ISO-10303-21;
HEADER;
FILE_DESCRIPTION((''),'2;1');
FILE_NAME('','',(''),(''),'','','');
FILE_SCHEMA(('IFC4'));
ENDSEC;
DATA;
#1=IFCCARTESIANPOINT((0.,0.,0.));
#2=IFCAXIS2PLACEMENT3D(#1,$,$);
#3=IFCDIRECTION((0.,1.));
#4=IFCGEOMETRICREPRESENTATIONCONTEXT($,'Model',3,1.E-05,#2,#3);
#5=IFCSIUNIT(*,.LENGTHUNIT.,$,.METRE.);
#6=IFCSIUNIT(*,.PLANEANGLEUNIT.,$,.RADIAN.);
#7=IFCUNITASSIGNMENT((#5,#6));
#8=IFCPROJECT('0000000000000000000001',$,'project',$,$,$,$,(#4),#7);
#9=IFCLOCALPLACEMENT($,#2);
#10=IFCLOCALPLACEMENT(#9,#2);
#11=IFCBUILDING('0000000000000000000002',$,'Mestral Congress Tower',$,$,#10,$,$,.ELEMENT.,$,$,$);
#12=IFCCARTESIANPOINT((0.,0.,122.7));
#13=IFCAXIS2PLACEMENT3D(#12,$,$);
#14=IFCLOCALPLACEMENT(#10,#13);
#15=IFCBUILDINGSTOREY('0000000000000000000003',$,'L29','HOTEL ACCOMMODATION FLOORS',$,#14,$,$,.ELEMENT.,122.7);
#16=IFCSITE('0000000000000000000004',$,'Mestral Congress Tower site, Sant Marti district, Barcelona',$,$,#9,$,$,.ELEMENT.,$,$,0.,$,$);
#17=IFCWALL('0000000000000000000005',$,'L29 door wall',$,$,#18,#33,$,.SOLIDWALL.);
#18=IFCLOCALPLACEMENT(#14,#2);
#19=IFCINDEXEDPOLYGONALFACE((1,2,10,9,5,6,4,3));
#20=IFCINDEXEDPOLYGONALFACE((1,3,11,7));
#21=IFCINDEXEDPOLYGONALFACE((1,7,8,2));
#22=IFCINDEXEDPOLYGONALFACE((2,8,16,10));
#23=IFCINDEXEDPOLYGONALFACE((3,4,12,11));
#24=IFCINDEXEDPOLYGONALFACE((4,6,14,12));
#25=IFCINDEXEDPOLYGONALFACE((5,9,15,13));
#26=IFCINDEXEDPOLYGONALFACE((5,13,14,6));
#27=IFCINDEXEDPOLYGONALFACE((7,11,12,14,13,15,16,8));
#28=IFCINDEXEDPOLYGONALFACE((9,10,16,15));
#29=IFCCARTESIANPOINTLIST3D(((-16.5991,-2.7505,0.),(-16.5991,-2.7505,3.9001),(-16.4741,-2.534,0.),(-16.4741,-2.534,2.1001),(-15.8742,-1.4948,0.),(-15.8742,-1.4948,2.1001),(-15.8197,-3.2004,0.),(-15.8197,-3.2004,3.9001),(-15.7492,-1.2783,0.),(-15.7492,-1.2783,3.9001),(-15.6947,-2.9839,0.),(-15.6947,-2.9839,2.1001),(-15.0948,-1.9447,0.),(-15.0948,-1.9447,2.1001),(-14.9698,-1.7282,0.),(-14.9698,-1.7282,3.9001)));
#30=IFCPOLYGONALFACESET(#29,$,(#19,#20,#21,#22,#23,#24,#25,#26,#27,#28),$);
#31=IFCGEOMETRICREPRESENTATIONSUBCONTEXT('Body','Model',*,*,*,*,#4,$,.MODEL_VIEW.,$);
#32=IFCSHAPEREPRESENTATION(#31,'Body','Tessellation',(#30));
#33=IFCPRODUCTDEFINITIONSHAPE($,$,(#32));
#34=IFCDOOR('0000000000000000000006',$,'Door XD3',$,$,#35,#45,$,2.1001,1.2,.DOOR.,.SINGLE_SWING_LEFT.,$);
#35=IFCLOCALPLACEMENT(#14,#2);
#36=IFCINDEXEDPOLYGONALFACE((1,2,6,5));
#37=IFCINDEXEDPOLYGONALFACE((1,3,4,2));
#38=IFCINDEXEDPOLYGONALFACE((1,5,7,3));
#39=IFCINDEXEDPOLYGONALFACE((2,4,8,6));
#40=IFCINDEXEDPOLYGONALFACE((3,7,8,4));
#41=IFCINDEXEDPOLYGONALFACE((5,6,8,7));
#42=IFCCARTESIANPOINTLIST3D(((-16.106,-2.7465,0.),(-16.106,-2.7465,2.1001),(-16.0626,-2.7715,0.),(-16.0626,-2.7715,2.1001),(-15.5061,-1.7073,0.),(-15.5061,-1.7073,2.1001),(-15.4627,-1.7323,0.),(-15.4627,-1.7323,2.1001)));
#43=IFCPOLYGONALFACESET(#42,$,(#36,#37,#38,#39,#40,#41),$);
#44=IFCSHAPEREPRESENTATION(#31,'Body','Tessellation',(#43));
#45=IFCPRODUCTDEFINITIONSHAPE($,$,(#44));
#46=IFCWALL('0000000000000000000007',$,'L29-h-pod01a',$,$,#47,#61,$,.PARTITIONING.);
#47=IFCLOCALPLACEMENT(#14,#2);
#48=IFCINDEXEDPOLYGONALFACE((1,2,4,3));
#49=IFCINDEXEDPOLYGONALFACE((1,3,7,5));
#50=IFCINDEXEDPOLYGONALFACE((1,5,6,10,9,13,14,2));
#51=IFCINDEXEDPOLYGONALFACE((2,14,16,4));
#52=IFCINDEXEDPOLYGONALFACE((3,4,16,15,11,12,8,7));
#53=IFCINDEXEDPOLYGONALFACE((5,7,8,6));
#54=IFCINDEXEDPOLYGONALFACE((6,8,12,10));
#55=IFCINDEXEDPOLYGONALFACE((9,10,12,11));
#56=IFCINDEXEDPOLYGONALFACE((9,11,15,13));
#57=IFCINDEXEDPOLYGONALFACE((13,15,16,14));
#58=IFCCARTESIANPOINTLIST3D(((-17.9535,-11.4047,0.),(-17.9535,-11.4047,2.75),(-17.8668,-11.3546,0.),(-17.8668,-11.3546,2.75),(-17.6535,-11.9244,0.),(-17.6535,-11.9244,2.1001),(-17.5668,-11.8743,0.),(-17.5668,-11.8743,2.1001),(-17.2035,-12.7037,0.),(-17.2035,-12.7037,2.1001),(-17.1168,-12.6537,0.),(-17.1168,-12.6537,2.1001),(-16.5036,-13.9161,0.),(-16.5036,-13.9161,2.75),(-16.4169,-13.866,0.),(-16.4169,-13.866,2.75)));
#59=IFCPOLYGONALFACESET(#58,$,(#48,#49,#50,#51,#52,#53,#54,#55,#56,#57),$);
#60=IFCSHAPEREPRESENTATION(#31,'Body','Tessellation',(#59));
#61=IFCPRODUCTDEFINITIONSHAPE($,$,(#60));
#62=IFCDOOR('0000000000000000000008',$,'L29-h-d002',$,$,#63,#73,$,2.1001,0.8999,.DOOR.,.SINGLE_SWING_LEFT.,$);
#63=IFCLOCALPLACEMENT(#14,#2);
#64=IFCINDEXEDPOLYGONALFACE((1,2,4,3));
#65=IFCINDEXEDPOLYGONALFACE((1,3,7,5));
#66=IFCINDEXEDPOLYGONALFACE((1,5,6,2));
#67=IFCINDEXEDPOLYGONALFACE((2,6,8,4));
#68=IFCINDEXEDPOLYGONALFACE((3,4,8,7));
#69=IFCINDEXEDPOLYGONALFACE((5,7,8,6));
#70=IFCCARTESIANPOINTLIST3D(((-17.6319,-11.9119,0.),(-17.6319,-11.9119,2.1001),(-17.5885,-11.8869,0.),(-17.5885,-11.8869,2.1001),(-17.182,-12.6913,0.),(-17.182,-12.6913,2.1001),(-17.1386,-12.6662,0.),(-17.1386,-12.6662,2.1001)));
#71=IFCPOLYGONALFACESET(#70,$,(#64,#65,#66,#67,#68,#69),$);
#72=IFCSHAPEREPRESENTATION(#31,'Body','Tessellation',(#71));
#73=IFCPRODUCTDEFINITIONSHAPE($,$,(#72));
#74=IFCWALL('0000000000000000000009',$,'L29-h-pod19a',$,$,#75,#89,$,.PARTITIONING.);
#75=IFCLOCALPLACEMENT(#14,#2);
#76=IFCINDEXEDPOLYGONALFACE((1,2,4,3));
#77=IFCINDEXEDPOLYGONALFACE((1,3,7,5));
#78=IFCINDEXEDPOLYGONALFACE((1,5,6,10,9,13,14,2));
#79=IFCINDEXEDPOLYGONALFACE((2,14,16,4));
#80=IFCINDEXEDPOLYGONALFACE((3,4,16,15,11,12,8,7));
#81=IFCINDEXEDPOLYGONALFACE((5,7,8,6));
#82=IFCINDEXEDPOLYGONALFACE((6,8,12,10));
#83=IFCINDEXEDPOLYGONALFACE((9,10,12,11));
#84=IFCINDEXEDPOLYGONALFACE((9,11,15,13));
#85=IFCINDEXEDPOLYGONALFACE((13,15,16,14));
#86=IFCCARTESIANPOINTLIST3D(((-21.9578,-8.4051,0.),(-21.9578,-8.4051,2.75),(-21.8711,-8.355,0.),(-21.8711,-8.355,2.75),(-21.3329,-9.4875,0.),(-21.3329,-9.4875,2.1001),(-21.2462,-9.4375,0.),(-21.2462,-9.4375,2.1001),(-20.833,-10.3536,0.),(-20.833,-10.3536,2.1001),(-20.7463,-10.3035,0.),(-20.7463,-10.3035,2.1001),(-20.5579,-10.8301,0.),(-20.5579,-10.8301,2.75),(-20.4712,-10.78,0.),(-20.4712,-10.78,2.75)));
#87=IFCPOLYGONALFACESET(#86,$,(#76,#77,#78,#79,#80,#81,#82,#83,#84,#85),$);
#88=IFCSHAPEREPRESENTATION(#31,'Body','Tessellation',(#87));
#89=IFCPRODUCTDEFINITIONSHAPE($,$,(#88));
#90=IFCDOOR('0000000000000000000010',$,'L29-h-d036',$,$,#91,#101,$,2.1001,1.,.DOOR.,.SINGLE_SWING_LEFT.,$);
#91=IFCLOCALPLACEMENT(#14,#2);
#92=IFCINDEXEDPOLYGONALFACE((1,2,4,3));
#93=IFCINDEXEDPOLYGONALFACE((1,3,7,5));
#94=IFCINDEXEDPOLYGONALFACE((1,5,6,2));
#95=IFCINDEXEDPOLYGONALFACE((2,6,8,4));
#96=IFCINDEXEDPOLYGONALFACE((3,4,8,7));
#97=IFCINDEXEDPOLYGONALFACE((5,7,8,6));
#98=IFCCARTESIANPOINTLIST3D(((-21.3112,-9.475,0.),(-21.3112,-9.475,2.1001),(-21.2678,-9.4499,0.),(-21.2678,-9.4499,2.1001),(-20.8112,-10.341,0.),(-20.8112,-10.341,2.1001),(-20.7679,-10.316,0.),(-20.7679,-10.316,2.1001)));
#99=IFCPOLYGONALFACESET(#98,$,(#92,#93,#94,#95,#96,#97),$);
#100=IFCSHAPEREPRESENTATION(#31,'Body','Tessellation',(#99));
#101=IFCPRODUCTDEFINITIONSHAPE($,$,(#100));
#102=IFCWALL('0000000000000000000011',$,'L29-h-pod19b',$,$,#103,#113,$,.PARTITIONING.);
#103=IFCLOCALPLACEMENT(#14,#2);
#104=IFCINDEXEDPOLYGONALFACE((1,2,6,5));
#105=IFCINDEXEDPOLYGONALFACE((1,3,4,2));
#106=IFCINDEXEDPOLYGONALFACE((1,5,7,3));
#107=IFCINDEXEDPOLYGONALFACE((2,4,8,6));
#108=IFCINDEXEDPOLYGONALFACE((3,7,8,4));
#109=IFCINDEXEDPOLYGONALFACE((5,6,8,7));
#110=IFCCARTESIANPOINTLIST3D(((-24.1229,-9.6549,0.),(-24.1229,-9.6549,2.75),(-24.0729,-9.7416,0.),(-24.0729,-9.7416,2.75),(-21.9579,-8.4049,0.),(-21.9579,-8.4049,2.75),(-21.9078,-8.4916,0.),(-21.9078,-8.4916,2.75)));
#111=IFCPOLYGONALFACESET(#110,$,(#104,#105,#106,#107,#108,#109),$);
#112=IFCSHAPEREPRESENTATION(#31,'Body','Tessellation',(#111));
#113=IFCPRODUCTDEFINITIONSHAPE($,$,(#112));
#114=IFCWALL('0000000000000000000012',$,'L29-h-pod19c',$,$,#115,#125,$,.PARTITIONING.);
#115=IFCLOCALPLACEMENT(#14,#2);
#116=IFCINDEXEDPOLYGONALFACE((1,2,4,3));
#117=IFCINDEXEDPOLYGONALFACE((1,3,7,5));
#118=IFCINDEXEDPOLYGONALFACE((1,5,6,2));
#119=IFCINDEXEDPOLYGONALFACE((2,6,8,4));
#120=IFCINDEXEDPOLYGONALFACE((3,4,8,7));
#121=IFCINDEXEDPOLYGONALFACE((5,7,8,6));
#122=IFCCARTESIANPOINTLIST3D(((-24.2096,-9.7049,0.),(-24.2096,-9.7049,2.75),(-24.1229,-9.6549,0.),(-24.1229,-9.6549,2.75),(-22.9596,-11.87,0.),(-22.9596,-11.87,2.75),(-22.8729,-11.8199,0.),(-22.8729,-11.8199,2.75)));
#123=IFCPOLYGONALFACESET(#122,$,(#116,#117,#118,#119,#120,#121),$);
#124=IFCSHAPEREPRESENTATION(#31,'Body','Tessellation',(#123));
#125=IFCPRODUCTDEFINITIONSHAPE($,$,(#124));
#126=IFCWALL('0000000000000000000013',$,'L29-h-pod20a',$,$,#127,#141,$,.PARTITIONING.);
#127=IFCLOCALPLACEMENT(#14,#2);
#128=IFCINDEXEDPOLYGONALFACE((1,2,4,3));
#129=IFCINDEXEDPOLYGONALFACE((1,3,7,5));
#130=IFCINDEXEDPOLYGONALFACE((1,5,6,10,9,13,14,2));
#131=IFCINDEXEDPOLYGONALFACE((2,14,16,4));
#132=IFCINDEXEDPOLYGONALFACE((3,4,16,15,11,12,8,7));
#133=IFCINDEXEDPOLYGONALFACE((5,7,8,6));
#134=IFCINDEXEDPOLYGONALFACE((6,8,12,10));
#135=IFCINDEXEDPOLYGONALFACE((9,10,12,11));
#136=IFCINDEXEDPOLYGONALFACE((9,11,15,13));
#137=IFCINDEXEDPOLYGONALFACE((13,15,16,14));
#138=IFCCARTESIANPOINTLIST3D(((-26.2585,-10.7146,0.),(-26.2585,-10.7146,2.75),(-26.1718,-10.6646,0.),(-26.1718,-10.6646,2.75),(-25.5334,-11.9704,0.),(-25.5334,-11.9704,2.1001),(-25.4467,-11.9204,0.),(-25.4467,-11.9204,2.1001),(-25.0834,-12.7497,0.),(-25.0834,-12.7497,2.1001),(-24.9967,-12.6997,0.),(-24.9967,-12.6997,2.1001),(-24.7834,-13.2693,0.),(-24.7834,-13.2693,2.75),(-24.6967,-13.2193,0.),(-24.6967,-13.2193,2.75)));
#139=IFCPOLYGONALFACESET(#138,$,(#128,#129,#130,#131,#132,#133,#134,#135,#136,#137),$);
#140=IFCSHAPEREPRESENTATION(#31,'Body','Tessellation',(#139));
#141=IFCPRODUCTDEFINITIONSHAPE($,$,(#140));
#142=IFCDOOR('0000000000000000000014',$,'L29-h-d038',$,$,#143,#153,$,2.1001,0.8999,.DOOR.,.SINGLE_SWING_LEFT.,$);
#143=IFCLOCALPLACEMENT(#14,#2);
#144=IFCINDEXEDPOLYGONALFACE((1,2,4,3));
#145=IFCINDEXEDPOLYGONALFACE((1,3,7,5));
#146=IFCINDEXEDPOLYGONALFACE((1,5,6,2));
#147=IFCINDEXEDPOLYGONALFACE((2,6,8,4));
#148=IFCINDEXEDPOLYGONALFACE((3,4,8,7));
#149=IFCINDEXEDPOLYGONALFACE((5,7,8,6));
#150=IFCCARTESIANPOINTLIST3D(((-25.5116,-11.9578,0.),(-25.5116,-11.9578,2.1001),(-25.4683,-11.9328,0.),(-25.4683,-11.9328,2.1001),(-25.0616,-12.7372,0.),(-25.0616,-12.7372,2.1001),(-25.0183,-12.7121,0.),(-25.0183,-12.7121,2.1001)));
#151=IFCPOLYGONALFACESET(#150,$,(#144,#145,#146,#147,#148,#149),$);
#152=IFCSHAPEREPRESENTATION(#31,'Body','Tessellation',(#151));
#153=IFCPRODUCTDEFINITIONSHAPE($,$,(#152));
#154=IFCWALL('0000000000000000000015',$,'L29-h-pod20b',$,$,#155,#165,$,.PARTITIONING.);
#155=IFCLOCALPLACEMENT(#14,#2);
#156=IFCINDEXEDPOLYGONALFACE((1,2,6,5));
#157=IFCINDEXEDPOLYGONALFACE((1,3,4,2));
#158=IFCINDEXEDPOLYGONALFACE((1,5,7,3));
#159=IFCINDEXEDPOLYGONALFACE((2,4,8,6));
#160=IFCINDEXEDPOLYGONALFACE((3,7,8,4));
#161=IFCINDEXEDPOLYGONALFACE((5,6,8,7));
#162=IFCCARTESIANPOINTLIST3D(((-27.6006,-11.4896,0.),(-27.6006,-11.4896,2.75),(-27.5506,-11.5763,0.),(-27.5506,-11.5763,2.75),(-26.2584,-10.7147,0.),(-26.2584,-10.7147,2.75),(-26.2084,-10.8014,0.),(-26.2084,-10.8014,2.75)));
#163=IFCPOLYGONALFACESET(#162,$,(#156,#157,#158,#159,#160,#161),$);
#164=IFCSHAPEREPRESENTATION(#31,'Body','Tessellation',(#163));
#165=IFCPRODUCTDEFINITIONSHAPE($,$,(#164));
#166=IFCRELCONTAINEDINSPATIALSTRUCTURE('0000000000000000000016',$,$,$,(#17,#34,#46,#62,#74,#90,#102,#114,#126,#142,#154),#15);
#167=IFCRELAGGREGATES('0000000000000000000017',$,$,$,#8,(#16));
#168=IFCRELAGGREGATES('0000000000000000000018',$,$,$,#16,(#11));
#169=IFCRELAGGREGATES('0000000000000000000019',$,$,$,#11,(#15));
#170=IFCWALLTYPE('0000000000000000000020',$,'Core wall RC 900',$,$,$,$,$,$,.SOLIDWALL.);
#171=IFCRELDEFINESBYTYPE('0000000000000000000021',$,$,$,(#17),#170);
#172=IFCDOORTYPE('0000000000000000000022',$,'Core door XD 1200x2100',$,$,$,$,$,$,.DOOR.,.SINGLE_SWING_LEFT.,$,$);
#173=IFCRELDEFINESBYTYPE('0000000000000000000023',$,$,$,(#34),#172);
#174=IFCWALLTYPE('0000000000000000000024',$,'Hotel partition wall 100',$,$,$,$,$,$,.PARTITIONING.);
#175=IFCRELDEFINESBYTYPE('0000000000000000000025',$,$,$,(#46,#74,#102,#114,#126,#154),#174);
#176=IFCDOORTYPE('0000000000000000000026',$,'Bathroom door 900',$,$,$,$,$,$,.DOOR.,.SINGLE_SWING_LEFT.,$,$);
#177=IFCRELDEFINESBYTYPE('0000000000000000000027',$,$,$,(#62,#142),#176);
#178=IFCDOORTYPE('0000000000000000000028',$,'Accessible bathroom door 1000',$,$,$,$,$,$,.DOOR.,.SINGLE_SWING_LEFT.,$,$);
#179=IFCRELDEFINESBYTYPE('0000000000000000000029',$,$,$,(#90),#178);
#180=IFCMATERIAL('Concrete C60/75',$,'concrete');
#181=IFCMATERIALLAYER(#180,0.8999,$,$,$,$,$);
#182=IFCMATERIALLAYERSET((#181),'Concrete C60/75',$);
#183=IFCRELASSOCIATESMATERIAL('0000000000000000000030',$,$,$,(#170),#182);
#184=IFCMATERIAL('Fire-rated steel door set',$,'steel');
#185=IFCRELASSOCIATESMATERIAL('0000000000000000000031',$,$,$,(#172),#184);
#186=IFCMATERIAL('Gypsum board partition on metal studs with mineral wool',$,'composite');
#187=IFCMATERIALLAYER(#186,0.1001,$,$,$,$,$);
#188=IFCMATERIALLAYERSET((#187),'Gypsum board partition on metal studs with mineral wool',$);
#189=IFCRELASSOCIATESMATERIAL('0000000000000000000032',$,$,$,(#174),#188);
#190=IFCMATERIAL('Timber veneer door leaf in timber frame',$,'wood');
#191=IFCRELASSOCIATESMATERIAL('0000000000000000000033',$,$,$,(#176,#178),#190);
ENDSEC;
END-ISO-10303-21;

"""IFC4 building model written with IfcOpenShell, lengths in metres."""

from ifc_helpers import new_model, si_unit, direction, frame, frame_2d, origin, place, context, subcontext, project, spatial, rectangle, extrude, material, layer, layer_set, type_object, element, fill, save


model = new_model("IFC4")

# Units and contexts
model_context = context("Model", 3, precision=1e-05, world=origin(), true_north=direction((0.0, 1.0)))
body_context = subcontext(model_context, "Body", "Model", "MODEL_VIEW")
ifc_project = project(units=[si_unit("LENGTHUNIT", "METRE"), si_unit("PLANEANGLEUNIT", "RADIAN")], contexts=[model_context])

# Site, building, storey
site_placement = place(None, origin())
site = spatial("IfcSite", under=ifc_project, at=site_placement, Name="Mestral Congress Tower site, Sant Marti district, Barcelona", CompositionType="ELEMENT", RefElevation=0.0)
building_placement = place(site_placement, origin())
building = spatial("IfcBuilding", under=site, at=building_placement, Name="Mestral Congress Tower", CompositionType="ELEMENT")
storey_placement = place(building_placement, frame((0.0, 0.0, 122.7)))
storey = spatial("IfcBuildingStorey", under=building, at=storey_placement, Name="L29", Description="HOTEL ACCOMMODATION FLOORS", CompositionType="ELEMENT", Elevation=122.7)

# Walls, openings, doors
ifc_material_1 = material(Name="Concrete C60/75", Category="concrete")
ifc_layer_1 = layer(ifc_material_1, 0.8999)
ifc_layer_set_1 = layer_set([ifc_layer_1], Name="Concrete C60/75")
wall_type_1 = type_object("IfcWallType", Name="Core wall RC 900", PredefinedType="SOLIDWALL", material=ifc_layer_set_1)
wall_1_placement = place(storey_placement, frame((-16.2095, -2.9756, 0.0), z_axis=(0.0, 0.0, 1.0), x_axis=(0.499955, 0.866052, 0.0)))
wall_1 = element("IfcWall", 1, at=wall_1_placement, inside=storey, type_object=wall_type_1, Name="L29 door wall", PredefinedType="SOLIDWALL", context=body_context, shape_type="SweptSolid", body=[
    extrude(rectangle(XDim=1.7, YDim=0.8999, at=frame_2d((0.8501, 0.0))), origin(), (0.0, 0.0, 1.0), 3.9001),
])
opening_1_placement = place(wall_1_placement, frame((0.25, 0.0, 0.0)))
opening_1 = element("IfcOpeningElement", 2, at=opening_1_placement, cuts=wall_1, PredefinedType="OPENING", context=body_context, shape_type="SweptSolid", body=[
    extrude(rectangle(XDim=1.2, YDim=2.1001, at=frame_2d((0.6001, 1.05))), frame((0.0, 0.46, 0.0), z_axis=(0.0, -1.0, 0.0), x_axis=(1.0, 0.0, 0.0)), (0.0, 0.0, 1.0), 0.9199),
])
ifc_material_2 = material(Name="Fire-rated steel door set", Category="steel")
door_type_1 = type_object("IfcDoorType", Name="Core door XD 1200x2100", OperationType="SINGLE_SWING_LEFT", PredefinedType="DOOR", material=ifc_material_2)
door_1_placement = place(opening_1_placement, origin())
door_1 = element("IfcDoor", 3, at=door_1_placement, inside=storey, type_object=door_type_1, Name="Door XD3", OperationType="SINGLE_SWING_LEFT", OverallHeight=2.1001, OverallWidth=1.2, PredefinedType="DOOR", context=body_context, shape_type="SweptSolid", body=[
    extrude(rectangle(XDim=1.2, YDim=2.1001, at=frame_2d((0.6001, 1.05))), frame((0.0, 0.0249, 0.0), z_axis=(0.0, -1.0, 0.0), x_axis=(1.0, 0.0, 0.0)), (0.0, 0.0, 1.0), 0.05),
])
fill(opening_1, door_1)
ifc_material_3 = material(Name="Gypsum board partition on metal studs with mineral wool", Category="composite")
ifc_layer_2 = layer(ifc_material_3, 0.1001)
ifc_layer_set_2 = layer_set([ifc_layer_2], Name="Gypsum board partition on metal studs with mineral wool")
wall_type_2 = type_object("IfcWallType", Name="Hotel partition wall 100", PredefinedType="PARTITIONING", material=ifc_layer_set_2)
wall_2_placement = place(storey_placement, frame((-17.9102, -11.3796, 0.0), z_axis=(0.0, 0.0, 1.0), x_axis=(0.499987, -0.866033, 0.0)))
wall_2 = element("IfcWall", 4, at=wall_2_placement, inside=storey, type_object=wall_type_2, Name="L29-h-pod01a", PredefinedType="PARTITIONING", context=body_context, shape_type="SweptSolid", body=[
    extrude(rectangle(XDim=2.8999, YDim=0.1001, at=frame_2d((1.45, 0.0))), origin(), (0.0, 0.0, 1.0), 2.75),
])
opening_2_placement = place(wall_2_placement, frame((0.6001, 0.0, 0.0)))
opening_2 = element("IfcOpeningElement", 5, at=opening_2_placement, cuts=wall_2, PredefinedType="OPENING", context=body_context, shape_type="SweptSolid", body=[
    extrude(rectangle(XDim=0.8999, YDim=2.1001, at=frame_2d((0.45, 1.05))), frame((0.0, 0.0601, 0.0), z_axis=(0.0, -1.0, 0.0), x_axis=(1.0, 0.0, 0.0)), (0.0, 0.0, 1.0), 0.1201),
])
ifc_material_4 = material(Name="Timber veneer door leaf in timber frame", Category="wood")
door_type_2 = type_object("IfcDoorType", Name="Bathroom door 900", OperationType="SINGLE_SWING_LEFT", PredefinedType="DOOR", material=ifc_material_4)
door_2_placement = place(opening_2_placement, origin())
door_2 = element("IfcDoor", 6, at=door_2_placement, inside=storey, type_object=door_type_2, Name="L29-h-d002", OperationType="SINGLE_SWING_LEFT", OverallHeight=2.1001, OverallWidth=0.8999, PredefinedType="DOOR", context=body_context, shape_type="SweptSolid", body=[
    extrude(rectangle(XDim=0.8999, YDim=2.1001, at=frame_2d((0.45, 1.05))), frame((0.0, 0.0249, 0.0), z_axis=(0.0, -1.0, 0.0), x_axis=(1.0, 0.0, 0.0)), (0.0, 0.0, 1.0), 0.05),
])
fill(opening_2, door_2)
wall_3_placement = place(storey_placement, frame((-20.5146, -10.8049, 0.0), z_axis=(0.0, 0.0, 1.0), x_axis=(-0.499946, 0.866056, 0.0)))
wall_3 = element("IfcWall", 7, at=wall_3_placement, inside=storey, type_object=wall_type_2, Name="L29-h-pod19a", PredefinedType="PARTITIONING", context=body_context, shape_type="SweptSolid", body=[
    extrude(rectangle(XDim=2.8, YDim=0.1001, at=frame_2d((1.3999, 0.0))), origin(), (0.0, 0.0, 1.0), 2.75),
])
opening_3_placement = place(wall_3_placement, frame((0.55, 0.0, 0.0)))
opening_3 = element("IfcOpeningElement", 8, at=opening_3_placement, cuts=wall_3, PredefinedType="OPENING", context=body_context, shape_type="SweptSolid", body=[
    extrude(rectangle(XDim=1.0, YDim=2.1001, at=frame_2d((0.5, 1.05))), frame((0.0, 0.0601, 0.0), z_axis=(0.0, -1.0, 0.0), x_axis=(1.0, 0.0, 0.0)), (0.0, 0.0, 1.0), 0.1201),
])
door_type_3 = type_object("IfcDoorType", Name="Accessible bathroom door 1000", OperationType="SINGLE_SWING_LEFT", PredefinedType="DOOR", material=ifc_material_4)
door_3_placement = place(opening_3_placement, origin())
door_3 = element("IfcDoor", 9, at=door_3_placement, inside=storey, type_object=door_type_3, Name="L29-h-d036", OperationType="SINGLE_SWING_LEFT", OverallHeight=2.1001, OverallWidth=1.0, PredefinedType="DOOR", context=body_context, shape_type="SweptSolid", body=[
    extrude(rectangle(XDim=1.0, YDim=2.1001, at=frame_2d((0.5, 1.05))), frame((0.0, 0.0249, 0.0), z_axis=(0.0, -1.0, 0.0), x_axis=(1.0, 0.0, 0.0)), (0.0, 0.0, 1.0), 0.05),
])
fill(opening_3, door_3)

# Walls
for number, where, z_axis, x_axis, name in (
    (10, (-21.9329, -8.4482, 0.0), (0.0, 0.0, 1.0), (-0.866023, -0.500004, 0.0), "L29-h-pod19b"),
    (11, (-22.9163, -11.845, 0.0), (0.0, 0.0, 1.0), (-0.500004, 0.866023, 0.0), "L29-h-pod19c"),
):
    element("IfcWall", number, at=place(storey_placement, frame(where, z_axis=z_axis, x_axis=x_axis)), inside=storey, type_object=wall_type_2, Name=name, PredefinedType="PARTITIONING", context=body_context, shape_type="SweptSolid", body=[
        extrude(rectangle(XDim=2.5, YDim=0.1001, at=frame_2d((1.25, 0.0))), origin(), (0.0, 0.0, 1.0), 2.75),
    ])

# Wall, opening, door
wall_4_placement = place(storey_placement, frame((-24.74, -13.2444, 0.0), z_axis=(0.0, 0.0, 1.0), x_axis=(-0.500038, 0.866004, 0.0)))
wall_4 = element("IfcWall", 12, at=wall_4_placement, inside=storey, type_object=wall_type_2, Name="L29-h-pod20a", PredefinedType="PARTITIONING", context=body_context, shape_type="SweptSolid", body=[
    extrude(rectangle(XDim=2.95, YDim=0.1001, at=frame_2d((1.4751, 0.0))), origin(), (0.0, 0.0, 1.0), 2.75),
])
opening_4_placement = place(wall_4_placement, frame((0.6001, 0.0, 0.0)))
opening_4 = element("IfcOpeningElement", 13, at=opening_4_placement, cuts=wall_4, PredefinedType="OPENING", context=body_context, shape_type="SweptSolid", body=[
    extrude(rectangle(XDim=0.8999, YDim=2.1001, at=frame_2d((0.45, 1.05))), frame((0.0, 0.0601, 0.0), z_axis=(0.0, -1.0, 0.0), x_axis=(1.0, 0.0, 0.0)), (0.0, 0.0, 1.0), 0.1201),
])
door_4_placement = place(opening_4_placement, origin())
door_4 = element("IfcDoor", 14, at=door_4_placement, inside=storey, type_object=door_type_2, Name="L29-h-d038", OperationType="SINGLE_SWING_LEFT", OverallHeight=2.1001, OverallWidth=0.8999, PredefinedType="DOOR", context=body_context, shape_type="SweptSolid", body=[
    extrude(rectangle(XDim=0.8999, YDim=2.1001, at=frame_2d((0.45, 1.05))), frame((0.0, 0.0249, 0.0), z_axis=(0.0, -1.0, 0.0), x_axis=(1.0, 0.0, 0.0)), (0.0, 0.0, 1.0), 0.05),
])
fill(opening_4, door_4)

# Wall
wall_5_placement = place(storey_placement, frame((-26.2334, -10.7581, 0.0), z_axis=(0.0, 0.0, 1.0), x_axis=(-0.866044, -0.499968, 0.0)))
element("IfcWall", 15, at=wall_5_placement, inside=storey, type_object=wall_type_2, Name="L29-h-pod20b", PredefinedType="PARTITIONING", context=body_context, shape_type="SweptSolid", body=[
    extrude(rectangle(XDim=1.5498, YDim=0.1001, at=frame_2d((0.7749, 0.0))), origin(), (0.0, 0.0, 1.0), 2.75),
])

save(model, "model.ifc")
